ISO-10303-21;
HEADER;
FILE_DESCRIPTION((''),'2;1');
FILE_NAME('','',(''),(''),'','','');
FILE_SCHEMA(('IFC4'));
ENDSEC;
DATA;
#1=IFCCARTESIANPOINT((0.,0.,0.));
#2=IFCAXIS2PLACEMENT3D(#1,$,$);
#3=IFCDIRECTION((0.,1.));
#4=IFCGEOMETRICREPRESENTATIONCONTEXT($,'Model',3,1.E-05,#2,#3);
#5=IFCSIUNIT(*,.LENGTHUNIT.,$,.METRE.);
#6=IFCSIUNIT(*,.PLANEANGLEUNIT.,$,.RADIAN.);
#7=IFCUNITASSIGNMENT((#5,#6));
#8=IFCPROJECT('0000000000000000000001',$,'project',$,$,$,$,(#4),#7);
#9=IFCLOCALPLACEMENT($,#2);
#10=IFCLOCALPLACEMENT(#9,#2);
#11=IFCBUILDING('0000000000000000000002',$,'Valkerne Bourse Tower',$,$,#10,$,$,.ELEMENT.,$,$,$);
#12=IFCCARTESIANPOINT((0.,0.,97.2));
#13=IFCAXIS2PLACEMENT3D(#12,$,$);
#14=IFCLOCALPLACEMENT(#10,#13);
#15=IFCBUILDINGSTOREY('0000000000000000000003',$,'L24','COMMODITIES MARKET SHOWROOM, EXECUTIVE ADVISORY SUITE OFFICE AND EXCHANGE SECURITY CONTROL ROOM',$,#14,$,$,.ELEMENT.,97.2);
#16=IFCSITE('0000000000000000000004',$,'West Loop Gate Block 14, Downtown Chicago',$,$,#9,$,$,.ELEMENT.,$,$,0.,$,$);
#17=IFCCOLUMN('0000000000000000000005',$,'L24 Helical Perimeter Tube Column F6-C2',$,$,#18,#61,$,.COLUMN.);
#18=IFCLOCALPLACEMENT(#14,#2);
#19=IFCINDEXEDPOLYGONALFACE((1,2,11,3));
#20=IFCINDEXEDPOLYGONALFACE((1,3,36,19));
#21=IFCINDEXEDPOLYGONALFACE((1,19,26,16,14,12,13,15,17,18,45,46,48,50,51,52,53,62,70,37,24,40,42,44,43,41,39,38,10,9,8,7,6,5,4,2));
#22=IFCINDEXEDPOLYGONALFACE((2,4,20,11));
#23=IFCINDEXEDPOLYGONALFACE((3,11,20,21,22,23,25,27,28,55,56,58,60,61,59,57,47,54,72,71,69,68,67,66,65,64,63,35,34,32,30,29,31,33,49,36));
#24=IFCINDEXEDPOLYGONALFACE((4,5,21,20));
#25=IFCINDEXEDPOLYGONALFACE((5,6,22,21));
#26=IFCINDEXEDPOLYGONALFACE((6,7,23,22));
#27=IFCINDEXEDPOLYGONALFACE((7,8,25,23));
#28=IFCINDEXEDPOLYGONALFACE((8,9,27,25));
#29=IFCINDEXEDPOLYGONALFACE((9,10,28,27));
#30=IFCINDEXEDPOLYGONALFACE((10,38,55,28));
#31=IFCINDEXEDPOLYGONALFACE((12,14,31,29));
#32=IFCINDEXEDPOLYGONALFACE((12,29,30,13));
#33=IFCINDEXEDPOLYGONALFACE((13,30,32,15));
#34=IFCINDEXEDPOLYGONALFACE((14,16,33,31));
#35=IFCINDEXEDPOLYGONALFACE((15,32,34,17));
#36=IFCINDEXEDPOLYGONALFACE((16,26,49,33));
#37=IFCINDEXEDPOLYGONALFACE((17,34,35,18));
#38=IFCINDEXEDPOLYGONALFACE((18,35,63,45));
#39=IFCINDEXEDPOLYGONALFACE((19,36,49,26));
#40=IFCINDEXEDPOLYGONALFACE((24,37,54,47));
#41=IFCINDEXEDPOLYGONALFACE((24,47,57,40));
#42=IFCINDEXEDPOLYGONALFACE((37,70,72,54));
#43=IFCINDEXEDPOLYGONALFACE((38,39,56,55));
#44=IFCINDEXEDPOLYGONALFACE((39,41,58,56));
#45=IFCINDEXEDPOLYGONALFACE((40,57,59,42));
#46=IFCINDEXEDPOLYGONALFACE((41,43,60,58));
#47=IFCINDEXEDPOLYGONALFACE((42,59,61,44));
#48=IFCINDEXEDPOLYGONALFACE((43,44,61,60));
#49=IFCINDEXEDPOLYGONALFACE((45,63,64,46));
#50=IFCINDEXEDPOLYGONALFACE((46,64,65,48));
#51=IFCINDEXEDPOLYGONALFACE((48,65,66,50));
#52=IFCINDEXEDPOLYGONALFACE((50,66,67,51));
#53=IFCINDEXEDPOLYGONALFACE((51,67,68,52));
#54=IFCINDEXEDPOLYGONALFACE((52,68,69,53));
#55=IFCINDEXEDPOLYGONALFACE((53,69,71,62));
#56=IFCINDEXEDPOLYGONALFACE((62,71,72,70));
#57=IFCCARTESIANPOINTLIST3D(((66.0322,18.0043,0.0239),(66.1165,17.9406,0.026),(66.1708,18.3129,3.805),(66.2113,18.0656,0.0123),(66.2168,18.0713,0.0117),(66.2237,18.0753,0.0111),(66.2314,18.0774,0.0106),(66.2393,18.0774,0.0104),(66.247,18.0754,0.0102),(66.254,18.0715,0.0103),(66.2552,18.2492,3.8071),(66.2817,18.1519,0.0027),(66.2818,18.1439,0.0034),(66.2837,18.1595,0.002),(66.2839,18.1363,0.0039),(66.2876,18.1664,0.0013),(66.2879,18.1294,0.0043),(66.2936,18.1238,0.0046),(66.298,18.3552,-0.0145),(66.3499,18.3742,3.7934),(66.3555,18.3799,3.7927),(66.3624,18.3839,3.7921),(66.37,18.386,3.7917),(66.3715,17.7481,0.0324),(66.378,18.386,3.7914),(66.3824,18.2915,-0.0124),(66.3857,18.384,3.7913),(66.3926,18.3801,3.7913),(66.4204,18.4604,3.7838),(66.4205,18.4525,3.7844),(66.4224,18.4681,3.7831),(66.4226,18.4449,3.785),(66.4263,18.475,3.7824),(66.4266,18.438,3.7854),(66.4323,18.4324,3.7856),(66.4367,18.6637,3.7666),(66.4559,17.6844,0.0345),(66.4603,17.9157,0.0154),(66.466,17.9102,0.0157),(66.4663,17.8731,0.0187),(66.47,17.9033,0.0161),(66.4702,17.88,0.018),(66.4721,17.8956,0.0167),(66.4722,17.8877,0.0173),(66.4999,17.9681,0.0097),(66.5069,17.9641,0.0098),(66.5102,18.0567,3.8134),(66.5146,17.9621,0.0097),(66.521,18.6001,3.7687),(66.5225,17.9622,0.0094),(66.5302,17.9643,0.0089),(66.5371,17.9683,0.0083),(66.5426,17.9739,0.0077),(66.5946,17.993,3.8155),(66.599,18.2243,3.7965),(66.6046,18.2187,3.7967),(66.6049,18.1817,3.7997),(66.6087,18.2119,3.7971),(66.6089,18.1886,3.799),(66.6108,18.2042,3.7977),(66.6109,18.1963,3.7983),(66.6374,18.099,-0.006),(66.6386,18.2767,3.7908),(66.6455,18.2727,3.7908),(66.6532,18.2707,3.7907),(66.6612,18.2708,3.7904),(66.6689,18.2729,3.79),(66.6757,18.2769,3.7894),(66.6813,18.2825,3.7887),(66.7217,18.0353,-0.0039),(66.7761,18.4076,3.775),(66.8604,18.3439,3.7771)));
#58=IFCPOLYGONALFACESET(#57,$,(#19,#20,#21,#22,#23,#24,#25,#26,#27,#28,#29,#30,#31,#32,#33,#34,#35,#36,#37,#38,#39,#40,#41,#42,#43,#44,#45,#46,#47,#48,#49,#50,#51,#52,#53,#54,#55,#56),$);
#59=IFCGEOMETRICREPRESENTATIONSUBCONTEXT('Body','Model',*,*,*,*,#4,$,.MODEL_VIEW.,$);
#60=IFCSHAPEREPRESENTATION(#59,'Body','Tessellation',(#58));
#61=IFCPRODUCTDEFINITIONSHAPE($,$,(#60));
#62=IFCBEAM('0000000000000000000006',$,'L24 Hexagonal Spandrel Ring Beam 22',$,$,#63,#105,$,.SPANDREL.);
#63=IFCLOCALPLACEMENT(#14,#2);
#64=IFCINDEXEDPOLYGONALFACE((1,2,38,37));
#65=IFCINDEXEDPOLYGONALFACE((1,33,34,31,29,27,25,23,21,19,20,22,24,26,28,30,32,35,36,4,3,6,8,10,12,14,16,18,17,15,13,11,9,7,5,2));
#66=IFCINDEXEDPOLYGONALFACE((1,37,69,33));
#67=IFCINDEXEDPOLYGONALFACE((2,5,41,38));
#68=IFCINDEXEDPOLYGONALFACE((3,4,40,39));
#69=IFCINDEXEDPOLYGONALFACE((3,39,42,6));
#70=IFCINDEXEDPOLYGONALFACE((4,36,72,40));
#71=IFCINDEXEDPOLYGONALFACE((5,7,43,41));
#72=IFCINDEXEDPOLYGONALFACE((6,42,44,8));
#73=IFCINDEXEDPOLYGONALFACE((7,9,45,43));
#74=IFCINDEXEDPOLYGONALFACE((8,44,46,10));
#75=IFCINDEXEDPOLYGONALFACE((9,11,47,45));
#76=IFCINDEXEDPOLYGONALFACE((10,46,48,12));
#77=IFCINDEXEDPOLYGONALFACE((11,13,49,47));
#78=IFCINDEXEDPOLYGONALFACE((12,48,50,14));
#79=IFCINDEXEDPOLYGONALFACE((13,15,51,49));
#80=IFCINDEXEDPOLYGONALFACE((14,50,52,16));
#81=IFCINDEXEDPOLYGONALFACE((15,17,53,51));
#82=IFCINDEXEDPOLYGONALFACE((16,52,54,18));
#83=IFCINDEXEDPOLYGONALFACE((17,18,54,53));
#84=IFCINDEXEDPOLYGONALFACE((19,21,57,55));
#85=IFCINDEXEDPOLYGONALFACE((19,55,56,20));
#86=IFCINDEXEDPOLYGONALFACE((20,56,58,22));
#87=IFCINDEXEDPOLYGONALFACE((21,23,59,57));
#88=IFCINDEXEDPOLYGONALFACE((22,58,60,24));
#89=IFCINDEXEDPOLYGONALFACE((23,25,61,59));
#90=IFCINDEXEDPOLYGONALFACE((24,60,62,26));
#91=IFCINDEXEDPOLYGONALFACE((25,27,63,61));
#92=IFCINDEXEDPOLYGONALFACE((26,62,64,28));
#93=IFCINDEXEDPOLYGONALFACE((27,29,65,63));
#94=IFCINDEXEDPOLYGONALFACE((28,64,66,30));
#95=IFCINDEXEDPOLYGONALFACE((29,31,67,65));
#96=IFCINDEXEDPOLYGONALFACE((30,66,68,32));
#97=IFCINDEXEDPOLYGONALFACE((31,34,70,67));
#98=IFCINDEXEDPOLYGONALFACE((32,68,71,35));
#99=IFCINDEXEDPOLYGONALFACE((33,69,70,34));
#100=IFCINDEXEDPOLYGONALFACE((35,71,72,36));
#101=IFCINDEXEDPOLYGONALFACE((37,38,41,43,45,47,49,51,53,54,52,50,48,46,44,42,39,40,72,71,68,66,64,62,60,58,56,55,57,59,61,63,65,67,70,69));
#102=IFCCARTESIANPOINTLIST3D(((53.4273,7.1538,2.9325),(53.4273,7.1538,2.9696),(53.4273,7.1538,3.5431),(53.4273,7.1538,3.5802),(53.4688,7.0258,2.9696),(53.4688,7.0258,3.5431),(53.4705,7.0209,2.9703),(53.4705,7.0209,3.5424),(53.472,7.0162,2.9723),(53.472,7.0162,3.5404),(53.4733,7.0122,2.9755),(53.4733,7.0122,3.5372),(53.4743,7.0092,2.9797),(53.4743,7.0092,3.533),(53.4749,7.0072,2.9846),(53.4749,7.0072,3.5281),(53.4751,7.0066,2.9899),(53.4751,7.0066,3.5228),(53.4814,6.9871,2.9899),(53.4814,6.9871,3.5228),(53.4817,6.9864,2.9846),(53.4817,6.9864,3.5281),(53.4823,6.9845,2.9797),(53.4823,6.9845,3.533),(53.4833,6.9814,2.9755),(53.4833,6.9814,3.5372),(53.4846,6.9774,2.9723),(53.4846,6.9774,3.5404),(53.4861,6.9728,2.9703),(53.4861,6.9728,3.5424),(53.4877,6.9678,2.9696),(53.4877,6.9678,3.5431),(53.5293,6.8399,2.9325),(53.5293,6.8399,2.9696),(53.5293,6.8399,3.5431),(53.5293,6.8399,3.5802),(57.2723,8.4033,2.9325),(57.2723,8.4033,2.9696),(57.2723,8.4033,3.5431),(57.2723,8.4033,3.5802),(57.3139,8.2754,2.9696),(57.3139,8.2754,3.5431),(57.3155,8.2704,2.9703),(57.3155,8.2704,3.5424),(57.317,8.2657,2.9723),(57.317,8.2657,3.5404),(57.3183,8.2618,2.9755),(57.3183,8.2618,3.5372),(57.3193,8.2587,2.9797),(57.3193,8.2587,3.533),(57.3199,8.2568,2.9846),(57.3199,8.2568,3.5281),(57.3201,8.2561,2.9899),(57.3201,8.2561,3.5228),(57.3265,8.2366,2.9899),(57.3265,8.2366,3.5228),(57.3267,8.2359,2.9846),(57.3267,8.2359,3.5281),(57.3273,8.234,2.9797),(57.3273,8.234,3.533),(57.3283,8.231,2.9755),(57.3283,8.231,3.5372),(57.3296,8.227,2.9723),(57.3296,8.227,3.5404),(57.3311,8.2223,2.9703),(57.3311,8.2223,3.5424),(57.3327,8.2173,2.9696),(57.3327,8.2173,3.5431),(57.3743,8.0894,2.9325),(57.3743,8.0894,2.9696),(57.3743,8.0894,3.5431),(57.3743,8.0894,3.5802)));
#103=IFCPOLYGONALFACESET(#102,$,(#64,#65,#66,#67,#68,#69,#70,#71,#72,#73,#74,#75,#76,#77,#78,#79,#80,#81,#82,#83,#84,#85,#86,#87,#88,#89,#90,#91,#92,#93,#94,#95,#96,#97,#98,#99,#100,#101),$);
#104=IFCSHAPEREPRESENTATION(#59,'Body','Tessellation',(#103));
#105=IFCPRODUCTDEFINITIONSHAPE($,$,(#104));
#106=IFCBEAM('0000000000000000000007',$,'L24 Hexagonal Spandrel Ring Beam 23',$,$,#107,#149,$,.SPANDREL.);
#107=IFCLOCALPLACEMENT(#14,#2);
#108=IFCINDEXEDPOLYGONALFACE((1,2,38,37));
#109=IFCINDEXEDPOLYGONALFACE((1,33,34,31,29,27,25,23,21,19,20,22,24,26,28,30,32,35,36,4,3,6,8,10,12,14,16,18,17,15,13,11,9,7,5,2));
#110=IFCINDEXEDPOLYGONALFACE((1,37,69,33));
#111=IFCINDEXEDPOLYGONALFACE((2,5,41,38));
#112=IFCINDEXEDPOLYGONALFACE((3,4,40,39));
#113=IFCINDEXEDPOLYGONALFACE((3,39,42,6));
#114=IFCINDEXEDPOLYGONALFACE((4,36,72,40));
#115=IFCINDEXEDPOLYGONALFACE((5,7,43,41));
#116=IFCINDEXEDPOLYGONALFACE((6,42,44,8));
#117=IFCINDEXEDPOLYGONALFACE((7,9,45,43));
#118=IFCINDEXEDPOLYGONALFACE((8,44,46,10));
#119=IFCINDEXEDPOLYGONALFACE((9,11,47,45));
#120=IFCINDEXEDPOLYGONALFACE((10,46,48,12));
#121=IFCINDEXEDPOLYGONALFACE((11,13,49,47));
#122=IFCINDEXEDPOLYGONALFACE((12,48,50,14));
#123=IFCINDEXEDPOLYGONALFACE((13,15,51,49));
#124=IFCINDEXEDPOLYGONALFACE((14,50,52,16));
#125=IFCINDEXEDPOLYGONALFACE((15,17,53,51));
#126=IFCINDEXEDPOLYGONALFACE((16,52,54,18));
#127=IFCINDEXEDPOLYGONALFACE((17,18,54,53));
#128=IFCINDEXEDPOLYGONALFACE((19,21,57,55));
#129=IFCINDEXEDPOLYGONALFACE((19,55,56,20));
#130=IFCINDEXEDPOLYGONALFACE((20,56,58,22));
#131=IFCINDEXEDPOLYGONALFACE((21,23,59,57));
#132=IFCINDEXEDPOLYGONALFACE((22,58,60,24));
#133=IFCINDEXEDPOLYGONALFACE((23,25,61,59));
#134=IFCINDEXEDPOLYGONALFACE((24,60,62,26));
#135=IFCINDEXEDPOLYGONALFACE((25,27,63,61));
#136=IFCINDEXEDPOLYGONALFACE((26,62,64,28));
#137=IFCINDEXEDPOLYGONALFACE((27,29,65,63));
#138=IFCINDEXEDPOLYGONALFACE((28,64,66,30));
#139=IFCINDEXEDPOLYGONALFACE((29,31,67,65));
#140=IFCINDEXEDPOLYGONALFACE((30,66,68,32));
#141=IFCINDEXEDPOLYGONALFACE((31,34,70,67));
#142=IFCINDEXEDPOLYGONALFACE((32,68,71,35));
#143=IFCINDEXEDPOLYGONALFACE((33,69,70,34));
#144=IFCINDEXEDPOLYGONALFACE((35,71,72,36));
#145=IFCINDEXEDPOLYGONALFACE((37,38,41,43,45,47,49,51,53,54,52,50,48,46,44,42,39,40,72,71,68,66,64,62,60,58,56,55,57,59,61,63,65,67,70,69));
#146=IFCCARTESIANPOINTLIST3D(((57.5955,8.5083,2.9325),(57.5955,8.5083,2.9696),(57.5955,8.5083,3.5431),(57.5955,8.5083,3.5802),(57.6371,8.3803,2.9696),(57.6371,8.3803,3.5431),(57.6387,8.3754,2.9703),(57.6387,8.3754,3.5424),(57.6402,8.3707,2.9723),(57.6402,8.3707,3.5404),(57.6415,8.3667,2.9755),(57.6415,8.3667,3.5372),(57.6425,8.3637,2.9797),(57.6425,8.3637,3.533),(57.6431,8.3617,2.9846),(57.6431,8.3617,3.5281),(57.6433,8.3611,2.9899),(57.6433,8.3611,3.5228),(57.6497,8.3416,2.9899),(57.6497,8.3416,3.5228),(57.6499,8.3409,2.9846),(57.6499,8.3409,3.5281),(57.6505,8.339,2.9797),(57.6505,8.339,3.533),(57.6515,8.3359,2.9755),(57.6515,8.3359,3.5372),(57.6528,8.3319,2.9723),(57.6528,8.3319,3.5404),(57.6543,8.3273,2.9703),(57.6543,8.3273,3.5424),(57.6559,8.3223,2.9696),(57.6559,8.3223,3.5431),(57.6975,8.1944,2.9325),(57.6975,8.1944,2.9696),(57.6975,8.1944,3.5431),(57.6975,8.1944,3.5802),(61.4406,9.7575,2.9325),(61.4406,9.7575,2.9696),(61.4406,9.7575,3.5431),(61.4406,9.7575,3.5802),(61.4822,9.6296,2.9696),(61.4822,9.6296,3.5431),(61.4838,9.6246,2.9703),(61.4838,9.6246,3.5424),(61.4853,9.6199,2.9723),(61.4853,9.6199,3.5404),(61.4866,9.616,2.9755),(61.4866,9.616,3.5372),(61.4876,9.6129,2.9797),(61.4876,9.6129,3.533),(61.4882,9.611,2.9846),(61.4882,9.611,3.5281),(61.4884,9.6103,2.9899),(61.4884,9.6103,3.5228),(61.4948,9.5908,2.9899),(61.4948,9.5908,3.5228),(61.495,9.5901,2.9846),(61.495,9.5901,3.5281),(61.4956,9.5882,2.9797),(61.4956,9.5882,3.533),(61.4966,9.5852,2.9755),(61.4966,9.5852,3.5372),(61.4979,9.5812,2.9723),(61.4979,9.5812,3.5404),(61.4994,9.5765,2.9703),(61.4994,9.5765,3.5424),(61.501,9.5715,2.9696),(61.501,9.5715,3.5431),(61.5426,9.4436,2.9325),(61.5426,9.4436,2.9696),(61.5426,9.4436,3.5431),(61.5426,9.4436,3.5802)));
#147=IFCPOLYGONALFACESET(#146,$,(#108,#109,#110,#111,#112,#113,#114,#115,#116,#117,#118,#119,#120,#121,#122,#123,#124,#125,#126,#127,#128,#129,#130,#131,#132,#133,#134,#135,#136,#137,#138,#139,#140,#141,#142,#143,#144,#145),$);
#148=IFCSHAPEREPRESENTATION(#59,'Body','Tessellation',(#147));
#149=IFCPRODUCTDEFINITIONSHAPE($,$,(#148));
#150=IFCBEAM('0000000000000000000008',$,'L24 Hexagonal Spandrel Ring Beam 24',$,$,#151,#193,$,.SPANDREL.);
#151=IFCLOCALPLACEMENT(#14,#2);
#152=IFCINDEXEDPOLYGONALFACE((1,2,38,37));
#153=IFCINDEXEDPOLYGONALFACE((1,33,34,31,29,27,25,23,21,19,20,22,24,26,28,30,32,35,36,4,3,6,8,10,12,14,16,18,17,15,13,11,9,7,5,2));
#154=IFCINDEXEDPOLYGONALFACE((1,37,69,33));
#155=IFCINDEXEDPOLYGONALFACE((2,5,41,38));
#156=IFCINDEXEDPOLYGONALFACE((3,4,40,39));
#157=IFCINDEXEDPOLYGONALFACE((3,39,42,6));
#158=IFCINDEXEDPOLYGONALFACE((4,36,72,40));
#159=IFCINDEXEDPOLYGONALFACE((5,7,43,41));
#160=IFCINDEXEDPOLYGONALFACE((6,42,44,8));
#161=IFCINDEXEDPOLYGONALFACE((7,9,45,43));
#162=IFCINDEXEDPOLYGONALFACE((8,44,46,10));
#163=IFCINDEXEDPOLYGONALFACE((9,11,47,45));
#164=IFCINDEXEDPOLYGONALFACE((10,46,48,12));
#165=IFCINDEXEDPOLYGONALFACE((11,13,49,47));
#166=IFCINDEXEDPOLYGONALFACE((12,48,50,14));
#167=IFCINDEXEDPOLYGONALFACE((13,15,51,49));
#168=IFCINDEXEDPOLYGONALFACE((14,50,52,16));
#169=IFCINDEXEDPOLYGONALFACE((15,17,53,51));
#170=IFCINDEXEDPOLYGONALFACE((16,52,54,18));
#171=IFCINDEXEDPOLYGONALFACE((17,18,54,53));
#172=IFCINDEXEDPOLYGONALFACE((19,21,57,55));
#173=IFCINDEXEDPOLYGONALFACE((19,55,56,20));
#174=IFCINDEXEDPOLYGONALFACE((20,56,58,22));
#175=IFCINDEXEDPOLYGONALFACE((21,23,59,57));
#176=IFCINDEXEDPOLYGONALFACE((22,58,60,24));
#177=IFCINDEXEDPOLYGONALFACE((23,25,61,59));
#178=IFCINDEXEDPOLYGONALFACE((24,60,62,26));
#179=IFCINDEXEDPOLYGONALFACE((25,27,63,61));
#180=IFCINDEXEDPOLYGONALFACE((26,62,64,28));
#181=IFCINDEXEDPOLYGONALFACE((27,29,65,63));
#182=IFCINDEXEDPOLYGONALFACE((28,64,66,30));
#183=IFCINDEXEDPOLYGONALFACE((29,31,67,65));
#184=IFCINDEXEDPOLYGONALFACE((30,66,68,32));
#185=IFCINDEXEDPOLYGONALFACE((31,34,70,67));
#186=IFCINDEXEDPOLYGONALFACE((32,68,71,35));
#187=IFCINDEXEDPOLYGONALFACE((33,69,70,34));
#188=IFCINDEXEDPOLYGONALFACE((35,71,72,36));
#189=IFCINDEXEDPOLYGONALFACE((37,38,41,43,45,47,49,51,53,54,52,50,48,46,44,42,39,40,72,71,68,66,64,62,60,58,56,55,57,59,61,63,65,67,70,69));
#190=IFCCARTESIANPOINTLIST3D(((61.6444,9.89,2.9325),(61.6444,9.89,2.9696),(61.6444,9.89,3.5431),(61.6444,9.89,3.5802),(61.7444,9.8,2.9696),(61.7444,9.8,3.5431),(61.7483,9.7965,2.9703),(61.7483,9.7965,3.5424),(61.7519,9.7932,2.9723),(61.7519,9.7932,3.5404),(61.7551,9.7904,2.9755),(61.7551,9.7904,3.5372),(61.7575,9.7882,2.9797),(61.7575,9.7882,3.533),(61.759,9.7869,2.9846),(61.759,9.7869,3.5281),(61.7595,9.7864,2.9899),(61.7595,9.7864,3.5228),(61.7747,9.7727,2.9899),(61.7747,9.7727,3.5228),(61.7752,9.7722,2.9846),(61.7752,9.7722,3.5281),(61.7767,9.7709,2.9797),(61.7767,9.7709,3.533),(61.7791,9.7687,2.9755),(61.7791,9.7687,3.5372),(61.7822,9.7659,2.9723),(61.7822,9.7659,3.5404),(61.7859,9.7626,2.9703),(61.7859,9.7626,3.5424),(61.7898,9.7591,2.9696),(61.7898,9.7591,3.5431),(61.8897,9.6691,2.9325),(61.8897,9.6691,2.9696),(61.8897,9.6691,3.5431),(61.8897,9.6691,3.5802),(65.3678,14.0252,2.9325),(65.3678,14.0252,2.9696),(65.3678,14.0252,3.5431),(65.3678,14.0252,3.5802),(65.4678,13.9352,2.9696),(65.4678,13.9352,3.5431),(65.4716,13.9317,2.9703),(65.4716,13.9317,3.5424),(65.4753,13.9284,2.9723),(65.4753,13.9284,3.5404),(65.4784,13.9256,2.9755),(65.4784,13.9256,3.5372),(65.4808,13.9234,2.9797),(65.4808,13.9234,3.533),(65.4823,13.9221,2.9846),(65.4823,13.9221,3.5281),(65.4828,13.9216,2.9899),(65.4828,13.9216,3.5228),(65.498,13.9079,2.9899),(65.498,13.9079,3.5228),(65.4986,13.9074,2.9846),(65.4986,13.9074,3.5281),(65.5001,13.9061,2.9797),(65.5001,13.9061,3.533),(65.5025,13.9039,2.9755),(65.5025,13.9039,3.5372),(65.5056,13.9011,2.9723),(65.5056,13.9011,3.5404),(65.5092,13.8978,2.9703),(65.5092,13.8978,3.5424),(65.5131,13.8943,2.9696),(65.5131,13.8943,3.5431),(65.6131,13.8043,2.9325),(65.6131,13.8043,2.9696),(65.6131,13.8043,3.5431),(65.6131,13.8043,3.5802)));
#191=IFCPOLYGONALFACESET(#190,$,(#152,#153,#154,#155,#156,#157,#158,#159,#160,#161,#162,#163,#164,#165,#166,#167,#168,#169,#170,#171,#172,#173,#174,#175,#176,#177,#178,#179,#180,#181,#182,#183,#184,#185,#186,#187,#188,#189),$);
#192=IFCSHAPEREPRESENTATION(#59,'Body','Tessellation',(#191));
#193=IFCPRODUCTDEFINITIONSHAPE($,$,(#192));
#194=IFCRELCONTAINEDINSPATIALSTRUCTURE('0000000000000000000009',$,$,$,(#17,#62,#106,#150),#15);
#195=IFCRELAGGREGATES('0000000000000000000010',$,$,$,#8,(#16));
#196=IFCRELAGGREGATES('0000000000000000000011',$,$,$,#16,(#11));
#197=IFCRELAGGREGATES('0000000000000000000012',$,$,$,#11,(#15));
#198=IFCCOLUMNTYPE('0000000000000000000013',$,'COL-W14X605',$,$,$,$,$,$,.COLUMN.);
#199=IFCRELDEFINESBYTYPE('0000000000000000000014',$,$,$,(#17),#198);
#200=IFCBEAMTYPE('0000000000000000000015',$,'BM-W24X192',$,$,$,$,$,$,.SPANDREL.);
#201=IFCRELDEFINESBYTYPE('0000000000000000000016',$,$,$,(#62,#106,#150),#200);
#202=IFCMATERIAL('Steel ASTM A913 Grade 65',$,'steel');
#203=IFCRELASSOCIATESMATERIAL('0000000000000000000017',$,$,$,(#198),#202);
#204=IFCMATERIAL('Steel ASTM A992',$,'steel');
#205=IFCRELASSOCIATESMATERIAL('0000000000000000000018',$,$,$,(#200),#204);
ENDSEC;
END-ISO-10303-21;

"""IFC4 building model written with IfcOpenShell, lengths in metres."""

from ifc_helpers import new_model, si_unit, direction, frame, origin, origin_2d, place, context, subcontext, project, spatial, i_section, extrude, material, material_profile, profile_set, type_object, element, save


model = new_model("IFC4")

# Units and contexts
model_context = context("Model", 3, precision=1e-05, world=origin(), true_north=direction((0.0, 1.0)))
body_context = subcontext(model_context, "Body", "Model", "MODEL_VIEW")
ifc_project = project(units=[si_unit("LENGTHUNIT", "METRE"), si_unit("PLANEANGLEUNIT", "RADIAN")], contexts=[model_context])

# Site, building, storey
site_placement = place(None, origin())
site = spatial("IfcSite", under=ifc_project, at=site_placement, Name="West Loop Gate Block 14, Downtown Chicago", CompositionType="ELEMENT", RefElevation=0.0)
building_placement = place(site_placement, origin())
building = spatial("IfcBuilding", under=site, at=building_placement, Name="Valkerne Bourse Tower", CompositionType="ELEMENT")
storey_placement = place(building_placement, frame((0.0, 0.0, 97.2)))
storey = spatial("IfcBuildingStorey", under=building, at=storey_placement, Name="L24", Description="COMMODITIES MARKET SHOWROOM, EXECUTIVE ADVISORY SUITE OFFICE AND EXCHANGE SECURITY CONTROL ROOM", CompositionType="ELEMENT", Elevation=97.2)

# Column
ifc_material_1 = material(Name="Steel ASTM A913 Grade 65", Category="steel")
ifc_material_profile_1 = material_profile(ifc_material_1, i_section(OverallWidth=0.4419, OverallDepth=0.531, WebThickness=0.0659, FlangeThickness=0.1057, FilletRadius=0.0305, at=origin_2d()), Name="W14X605")
ifc_profile_set_1 = profile_set([ifc_material_profile_1], Name="Steel ASTM A913 Grade 65")
column_type = type_object("IfcColumnType", Name="COL-W14X605", PredefinedType="COLUMN", material=ifc_profile_set_1)
column_1_placement = place(storey_placement, frame((66.377, 18.0198, 0.01), z_axis=(0.03653, 0.081292, 0.996021), x_axis=(-0.601584, -0.794071, 0.086873)))
element("IfcColumn", 1, at=column_1_placement, inside=storey, type_object=column_type, Name="L24 Helical Perimeter Tube Column F6-C2", PredefinedType="COLUMN", context=body_context, shape_type="SweptSolid", body=[
    extrude(i_section(OverallWidth=0.4419, OverallDepth=0.531, WebThickness=0.0659, FlangeThickness=0.1057, FilletRadius=0.0305, at=origin_2d()), origin(), (0.0, 0.0, 1.0), 3.7961),
])

# Beams
ifc_material_2 = material(Name="Steel ASTM A992", Category="steel")
ifc_material_profile_2 = material_profile(ifc_material_2, i_section(OverallWidth=0.3301, OverallDepth=0.6477, WebThickness=0.0205, FlangeThickness=0.0371, FilletRadius=0.0203, at=origin_2d()), Name="W24X192")
ifc_profile_set_2 = profile_set([ifc_material_profile_2], Name="Steel ASTM A992")
beam_type = type_object("IfcBeamType", Name="BM-W24X192", PredefinedType="SPANDREL", material=ifc_profile_set_2)
for number, where, z_axis, x_axis, name in (
    (2, (53.4783, 6.9968, 3.2563), (0.951042, 0.309063, 0.0), (-0.309063, 0.951042, 0.0), "L24 Hexagonal Spandrel Ring Beam 22"),
    (3, (57.6465, 8.3513, 3.2563), (0.951065, 0.30899, 0.0), (-0.30899, 0.951065, 0.0), "L24 Hexagonal Spandrel Ring Beam 23"),
):
    element("IfcBeam", number, at=place(storey_placement, frame(where, z_axis=z_axis, x_axis=x_axis)), inside=storey, type_object=beam_type, Name=name, PredefinedType="SPANDREL", context=body_context, shape_type="SweptSolid", body=[
        extrude(i_section(OverallWidth=0.3301, OverallDepth=0.6477, WebThickness=0.0205, FlangeThickness=0.0371, FilletRadius=0.0203, at=origin_2d()), origin(), (0.0, 0.0, 1.0), 4.043),
    ])
beam_placement = place(storey_placement, frame((61.7671, 9.7795, 3.2563), z_axis=(0.66913, 0.743146, 0.0), x_axis=(-0.743146, 0.66913, 0.0)))
element("IfcBeam", 4, at=beam_placement, inside=storey, type_object=beam_type, Name="L24 Hexagonal Spandrel Ring Beam 24", PredefinedType="SPANDREL", context=body_context, shape_type="SweptSolid", body=[
    extrude(i_section(OverallWidth=0.3301, OverallDepth=0.6477, WebThickness=0.0205, FlangeThickness=0.0371, FilletRadius=0.0203, at=origin_2d()), origin(), (0.0, 0.0, 1.0), 5.5645),
])

save(model, "model.ifc")
